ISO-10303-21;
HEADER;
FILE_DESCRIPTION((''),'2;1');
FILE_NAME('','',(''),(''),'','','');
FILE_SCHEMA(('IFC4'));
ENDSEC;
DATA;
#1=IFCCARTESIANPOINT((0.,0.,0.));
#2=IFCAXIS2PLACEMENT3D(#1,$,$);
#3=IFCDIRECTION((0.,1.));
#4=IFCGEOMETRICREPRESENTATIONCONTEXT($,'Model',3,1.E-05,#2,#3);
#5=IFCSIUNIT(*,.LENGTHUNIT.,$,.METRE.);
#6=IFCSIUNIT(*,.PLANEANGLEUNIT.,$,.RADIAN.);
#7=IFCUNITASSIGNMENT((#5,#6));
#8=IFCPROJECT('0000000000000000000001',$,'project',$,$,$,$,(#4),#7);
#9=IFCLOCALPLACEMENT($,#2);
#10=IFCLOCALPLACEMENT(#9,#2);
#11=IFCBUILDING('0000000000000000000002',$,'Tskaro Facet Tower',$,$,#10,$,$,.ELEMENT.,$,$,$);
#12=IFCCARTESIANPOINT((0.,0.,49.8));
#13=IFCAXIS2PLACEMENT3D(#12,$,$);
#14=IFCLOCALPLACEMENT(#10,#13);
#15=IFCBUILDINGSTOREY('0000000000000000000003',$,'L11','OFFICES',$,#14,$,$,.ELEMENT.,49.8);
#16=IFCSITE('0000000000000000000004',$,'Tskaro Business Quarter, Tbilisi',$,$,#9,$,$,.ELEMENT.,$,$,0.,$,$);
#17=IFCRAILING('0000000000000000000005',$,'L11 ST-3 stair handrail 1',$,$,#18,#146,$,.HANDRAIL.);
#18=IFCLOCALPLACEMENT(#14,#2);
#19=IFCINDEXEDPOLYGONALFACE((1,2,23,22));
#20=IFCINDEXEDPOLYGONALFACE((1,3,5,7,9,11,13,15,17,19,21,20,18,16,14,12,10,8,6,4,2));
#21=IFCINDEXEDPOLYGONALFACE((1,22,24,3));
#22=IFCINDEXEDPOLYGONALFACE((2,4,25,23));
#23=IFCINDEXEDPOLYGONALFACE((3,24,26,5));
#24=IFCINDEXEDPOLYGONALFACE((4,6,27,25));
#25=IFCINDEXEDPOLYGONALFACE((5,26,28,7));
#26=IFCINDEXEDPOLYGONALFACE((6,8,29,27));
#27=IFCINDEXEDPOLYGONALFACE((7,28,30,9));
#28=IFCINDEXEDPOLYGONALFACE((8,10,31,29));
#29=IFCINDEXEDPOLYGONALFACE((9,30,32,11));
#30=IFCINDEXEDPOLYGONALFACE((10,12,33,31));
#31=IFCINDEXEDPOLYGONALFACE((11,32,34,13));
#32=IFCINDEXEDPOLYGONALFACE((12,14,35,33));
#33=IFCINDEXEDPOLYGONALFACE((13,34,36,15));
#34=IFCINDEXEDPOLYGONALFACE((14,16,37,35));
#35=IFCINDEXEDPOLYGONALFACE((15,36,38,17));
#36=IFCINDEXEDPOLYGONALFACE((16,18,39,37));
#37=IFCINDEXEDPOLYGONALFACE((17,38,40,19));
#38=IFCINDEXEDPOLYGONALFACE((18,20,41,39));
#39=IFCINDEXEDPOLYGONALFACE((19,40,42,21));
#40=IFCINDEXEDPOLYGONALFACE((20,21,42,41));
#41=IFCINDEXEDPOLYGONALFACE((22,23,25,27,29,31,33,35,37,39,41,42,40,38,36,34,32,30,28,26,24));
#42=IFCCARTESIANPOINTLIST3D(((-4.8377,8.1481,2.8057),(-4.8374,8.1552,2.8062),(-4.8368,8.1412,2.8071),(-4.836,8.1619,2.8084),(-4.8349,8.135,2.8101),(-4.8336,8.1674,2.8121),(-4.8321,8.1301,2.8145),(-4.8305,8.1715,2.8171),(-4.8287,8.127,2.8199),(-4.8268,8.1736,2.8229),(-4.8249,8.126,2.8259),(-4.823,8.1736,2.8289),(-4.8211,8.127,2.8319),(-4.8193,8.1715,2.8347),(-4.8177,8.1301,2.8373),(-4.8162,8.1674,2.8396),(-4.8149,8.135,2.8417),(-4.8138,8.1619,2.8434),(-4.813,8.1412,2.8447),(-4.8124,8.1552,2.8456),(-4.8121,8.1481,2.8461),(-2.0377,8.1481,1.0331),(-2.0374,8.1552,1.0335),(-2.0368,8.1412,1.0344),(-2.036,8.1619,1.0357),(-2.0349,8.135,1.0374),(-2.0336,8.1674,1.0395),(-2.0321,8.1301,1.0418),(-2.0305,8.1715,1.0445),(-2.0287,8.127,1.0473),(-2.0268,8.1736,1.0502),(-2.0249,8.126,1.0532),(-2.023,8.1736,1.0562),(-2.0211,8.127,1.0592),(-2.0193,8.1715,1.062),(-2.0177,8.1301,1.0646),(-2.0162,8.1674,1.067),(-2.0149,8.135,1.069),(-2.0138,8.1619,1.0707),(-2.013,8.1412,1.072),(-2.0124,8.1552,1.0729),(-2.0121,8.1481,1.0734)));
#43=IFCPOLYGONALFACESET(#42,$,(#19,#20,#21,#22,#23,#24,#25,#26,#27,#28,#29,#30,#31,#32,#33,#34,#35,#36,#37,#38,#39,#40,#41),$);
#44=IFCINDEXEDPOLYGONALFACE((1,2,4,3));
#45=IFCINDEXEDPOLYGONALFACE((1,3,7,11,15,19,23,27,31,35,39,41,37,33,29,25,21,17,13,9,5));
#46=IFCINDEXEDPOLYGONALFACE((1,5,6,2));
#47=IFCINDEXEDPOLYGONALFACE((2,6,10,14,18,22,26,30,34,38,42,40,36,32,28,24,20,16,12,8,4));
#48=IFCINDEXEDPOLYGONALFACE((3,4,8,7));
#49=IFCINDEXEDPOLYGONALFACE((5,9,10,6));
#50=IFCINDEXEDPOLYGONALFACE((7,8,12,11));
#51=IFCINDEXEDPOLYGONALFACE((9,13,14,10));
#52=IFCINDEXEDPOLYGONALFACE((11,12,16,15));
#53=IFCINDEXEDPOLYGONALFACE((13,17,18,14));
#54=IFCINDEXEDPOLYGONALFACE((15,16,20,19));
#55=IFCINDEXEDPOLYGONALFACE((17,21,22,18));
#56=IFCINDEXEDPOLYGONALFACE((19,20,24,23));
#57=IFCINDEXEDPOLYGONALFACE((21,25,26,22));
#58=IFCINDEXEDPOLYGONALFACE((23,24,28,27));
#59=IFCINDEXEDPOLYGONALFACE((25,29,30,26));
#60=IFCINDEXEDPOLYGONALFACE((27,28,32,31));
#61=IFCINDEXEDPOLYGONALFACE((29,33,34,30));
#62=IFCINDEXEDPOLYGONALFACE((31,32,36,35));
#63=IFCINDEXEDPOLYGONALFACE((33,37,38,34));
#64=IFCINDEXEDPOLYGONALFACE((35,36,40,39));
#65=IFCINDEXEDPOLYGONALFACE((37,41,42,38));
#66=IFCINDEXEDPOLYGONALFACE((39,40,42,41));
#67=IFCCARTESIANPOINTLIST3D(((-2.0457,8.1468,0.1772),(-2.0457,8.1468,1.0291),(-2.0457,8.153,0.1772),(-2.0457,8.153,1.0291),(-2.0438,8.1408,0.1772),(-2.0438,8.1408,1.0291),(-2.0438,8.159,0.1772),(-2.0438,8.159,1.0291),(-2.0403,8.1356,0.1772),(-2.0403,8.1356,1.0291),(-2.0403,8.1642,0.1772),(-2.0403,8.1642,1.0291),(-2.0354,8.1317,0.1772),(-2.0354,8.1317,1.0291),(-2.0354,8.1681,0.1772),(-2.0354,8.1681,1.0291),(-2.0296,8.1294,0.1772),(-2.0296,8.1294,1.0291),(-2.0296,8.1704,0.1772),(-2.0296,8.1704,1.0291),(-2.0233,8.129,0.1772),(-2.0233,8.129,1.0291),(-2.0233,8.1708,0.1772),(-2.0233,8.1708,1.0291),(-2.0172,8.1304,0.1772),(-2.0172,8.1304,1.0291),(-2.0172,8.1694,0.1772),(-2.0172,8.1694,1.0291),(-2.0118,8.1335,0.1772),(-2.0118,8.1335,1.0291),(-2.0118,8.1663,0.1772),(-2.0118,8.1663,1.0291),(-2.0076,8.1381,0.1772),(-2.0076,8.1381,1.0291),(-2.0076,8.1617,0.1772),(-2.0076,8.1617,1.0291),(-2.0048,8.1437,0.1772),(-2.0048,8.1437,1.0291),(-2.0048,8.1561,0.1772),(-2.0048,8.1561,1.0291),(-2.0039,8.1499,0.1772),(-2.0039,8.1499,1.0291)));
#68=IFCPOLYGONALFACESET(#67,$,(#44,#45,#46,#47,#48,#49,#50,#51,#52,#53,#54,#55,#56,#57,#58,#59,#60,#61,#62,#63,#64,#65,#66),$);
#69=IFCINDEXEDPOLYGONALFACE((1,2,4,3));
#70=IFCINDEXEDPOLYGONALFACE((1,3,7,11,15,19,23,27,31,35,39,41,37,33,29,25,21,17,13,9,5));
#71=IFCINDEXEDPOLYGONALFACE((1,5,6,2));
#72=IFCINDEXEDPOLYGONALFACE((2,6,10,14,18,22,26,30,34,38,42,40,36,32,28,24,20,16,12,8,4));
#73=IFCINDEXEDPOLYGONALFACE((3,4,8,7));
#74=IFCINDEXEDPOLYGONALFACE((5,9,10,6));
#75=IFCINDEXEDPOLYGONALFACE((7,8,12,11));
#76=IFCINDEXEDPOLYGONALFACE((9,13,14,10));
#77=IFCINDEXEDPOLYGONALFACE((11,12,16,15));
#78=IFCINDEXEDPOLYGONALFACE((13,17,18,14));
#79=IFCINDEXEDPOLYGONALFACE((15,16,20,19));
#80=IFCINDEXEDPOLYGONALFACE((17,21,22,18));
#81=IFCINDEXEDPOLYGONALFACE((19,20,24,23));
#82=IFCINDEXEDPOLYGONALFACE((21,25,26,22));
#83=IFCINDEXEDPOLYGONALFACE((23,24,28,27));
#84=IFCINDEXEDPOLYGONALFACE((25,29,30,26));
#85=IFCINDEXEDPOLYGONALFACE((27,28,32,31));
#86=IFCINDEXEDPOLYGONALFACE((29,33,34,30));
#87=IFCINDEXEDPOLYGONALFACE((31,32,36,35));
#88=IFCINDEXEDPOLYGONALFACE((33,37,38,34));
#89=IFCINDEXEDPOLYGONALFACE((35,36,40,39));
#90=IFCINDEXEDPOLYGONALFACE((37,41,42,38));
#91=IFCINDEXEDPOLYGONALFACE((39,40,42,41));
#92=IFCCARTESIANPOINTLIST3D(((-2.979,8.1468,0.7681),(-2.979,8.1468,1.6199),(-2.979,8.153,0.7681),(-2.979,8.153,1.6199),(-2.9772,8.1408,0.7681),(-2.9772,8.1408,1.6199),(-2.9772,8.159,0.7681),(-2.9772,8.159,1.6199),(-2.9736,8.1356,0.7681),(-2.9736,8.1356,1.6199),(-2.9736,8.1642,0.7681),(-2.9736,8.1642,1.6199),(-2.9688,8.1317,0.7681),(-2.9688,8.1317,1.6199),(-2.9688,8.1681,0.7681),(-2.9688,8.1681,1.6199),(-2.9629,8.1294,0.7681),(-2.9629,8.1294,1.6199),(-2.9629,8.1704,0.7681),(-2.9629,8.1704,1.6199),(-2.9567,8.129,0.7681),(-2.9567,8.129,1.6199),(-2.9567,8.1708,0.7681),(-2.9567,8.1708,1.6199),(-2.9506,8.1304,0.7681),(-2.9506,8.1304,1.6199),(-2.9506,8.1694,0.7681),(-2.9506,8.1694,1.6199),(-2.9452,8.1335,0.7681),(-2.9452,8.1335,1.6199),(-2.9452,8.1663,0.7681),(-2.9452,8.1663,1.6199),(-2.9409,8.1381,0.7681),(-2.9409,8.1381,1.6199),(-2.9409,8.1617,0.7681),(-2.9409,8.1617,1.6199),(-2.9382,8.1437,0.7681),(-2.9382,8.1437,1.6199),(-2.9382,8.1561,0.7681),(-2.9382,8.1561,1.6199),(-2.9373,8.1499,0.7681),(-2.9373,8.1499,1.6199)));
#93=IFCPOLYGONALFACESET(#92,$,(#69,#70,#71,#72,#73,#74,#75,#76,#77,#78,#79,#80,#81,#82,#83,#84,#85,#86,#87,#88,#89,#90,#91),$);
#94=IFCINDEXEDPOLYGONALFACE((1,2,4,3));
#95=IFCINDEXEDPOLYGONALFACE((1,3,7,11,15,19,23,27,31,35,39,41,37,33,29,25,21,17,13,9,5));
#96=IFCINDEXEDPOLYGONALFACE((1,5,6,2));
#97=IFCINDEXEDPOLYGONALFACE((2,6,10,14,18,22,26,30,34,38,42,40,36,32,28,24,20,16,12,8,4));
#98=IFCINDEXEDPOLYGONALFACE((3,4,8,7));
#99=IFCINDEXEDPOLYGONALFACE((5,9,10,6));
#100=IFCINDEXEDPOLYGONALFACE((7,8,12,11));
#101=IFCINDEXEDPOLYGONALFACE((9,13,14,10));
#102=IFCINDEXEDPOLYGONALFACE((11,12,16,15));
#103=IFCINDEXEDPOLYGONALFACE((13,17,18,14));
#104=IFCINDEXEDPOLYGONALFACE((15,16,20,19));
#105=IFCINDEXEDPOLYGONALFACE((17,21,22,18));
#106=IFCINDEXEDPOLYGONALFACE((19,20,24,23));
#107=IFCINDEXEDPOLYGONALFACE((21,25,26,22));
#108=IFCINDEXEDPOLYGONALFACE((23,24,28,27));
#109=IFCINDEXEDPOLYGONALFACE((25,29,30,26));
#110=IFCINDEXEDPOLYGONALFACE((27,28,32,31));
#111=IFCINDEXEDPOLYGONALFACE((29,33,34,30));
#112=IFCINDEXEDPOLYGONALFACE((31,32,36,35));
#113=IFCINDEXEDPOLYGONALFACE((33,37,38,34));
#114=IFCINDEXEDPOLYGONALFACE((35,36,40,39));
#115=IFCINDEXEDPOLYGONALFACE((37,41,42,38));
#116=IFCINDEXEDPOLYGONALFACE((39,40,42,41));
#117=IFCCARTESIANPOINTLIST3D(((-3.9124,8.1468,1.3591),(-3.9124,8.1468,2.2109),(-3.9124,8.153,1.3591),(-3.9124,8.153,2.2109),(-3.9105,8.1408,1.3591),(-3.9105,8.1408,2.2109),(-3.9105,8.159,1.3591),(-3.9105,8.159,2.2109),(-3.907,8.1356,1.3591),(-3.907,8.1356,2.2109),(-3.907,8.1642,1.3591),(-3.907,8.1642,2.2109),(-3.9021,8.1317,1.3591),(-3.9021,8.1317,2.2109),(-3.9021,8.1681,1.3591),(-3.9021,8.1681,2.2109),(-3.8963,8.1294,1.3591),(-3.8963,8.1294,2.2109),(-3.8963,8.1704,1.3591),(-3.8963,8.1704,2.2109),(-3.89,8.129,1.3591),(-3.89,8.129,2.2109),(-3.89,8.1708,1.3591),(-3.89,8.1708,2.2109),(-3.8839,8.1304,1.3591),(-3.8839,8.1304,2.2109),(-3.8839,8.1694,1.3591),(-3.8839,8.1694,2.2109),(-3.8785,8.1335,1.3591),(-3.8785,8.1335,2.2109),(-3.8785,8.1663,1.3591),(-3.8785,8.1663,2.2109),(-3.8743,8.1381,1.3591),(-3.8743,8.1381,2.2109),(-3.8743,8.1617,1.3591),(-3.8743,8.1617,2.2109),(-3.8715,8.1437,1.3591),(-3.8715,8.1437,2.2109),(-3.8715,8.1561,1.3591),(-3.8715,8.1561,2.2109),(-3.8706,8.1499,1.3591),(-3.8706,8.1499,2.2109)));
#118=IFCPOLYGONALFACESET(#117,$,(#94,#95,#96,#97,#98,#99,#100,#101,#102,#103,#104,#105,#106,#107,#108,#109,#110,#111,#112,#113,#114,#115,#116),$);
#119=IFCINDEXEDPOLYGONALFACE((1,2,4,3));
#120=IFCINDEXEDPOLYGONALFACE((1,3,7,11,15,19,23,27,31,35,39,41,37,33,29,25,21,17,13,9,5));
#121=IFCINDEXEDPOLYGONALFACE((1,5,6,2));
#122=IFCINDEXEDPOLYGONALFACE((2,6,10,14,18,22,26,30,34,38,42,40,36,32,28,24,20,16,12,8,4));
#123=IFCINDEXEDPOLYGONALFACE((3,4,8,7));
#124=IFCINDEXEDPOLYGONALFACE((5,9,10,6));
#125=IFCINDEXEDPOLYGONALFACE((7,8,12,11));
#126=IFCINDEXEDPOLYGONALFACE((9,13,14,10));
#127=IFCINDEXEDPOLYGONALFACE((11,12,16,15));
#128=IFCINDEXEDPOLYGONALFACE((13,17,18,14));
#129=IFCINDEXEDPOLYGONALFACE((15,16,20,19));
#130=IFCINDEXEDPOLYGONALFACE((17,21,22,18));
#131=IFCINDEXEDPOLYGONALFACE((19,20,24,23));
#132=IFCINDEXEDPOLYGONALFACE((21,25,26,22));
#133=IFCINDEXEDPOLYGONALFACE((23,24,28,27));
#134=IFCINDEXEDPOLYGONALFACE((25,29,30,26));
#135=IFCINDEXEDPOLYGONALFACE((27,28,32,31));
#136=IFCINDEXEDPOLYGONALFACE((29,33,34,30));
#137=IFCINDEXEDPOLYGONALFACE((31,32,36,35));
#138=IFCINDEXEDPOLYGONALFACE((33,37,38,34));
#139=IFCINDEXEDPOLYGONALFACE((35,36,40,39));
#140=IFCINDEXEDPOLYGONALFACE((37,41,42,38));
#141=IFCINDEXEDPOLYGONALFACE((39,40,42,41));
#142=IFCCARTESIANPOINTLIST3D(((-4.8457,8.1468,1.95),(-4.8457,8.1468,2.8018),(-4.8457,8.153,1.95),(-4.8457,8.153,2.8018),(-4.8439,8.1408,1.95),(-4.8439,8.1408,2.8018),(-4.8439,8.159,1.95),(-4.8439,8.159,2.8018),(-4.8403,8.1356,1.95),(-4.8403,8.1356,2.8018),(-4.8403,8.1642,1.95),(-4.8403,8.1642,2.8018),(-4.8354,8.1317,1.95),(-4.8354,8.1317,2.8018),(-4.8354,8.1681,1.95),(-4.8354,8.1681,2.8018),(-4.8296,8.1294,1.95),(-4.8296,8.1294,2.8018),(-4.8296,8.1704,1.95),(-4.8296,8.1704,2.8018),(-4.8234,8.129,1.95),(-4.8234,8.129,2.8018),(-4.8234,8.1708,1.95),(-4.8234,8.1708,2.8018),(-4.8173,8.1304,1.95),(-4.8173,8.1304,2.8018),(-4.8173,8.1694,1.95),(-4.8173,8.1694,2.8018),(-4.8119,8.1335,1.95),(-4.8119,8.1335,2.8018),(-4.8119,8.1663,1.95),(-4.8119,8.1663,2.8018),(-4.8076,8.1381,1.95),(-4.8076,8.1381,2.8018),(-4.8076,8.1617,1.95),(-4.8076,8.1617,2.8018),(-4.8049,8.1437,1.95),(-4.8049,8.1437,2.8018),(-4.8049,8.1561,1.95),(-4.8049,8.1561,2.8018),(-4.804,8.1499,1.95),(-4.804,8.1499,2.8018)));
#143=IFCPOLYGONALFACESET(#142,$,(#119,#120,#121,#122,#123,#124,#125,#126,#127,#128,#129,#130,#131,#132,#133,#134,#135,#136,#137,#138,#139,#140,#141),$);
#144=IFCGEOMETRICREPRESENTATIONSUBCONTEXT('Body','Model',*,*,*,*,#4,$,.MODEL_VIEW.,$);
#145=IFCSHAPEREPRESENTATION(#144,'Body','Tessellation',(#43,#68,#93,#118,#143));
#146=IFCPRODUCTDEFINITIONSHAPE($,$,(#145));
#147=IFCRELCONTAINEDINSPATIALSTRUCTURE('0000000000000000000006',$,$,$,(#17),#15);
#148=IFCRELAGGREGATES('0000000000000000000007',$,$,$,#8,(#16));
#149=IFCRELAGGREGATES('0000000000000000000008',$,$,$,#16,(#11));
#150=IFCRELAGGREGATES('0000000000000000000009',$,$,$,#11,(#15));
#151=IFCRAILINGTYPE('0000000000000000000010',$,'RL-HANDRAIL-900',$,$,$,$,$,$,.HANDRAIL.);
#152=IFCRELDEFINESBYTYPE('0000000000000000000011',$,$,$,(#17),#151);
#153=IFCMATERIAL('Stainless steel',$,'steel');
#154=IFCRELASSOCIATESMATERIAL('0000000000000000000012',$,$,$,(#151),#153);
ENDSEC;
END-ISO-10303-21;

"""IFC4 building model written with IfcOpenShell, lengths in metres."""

from ifc_helpers import new_model, si_unit, direction, frame, origin, origin_2d, place, context, subcontext, project, spatial, circle, extrude, material, type_object, element, save


model = new_model("IFC4")

# Units and contexts
model_context = context("Model", 3, precision=1e-05, world=origin(), true_north=direction((0.0, 1.0)))
body_context = subcontext(model_context, "Body", "Model", "MODEL_VIEW")
ifc_project = project(units=[si_unit("LENGTHUNIT", "METRE"), si_unit("PLANEANGLEUNIT", "RADIAN")], contexts=[model_context])

# Site, building, storey
site_placement = place(None, origin())
site = spatial("IfcSite", under=ifc_project, at=site_placement, Name="Tskaro Business Quarter, Tbilisi", CompositionType="ELEMENT", RefElevation=0.0)
building_placement = place(site_placement, origin())
building = spatial("IfcBuilding", under=site, at=building_placement, Name="Tskaro Facet Tower", CompositionType="ELEMENT")
storey_placement = place(building_placement, frame((0.0, 0.0, 49.8)))
storey = spatial("IfcBuildingStorey", under=building, at=storey_placement, Name="L11", Description="OFFICES", CompositionType="ELEMENT", Elevation=49.8)

# Railing
ifc_material_1 = material(Name="Stainless steel", Category="steel")
railing_type_1 = type_object("IfcRailingType", Name="RL-HANDRAIL-900", PredefinedType="HANDRAIL", material=ifc_material_1)
railing_1_placement = place(storey_placement, frame((-2.0249, 8.1499, 0.1772)))
element("IfcRailing", 1, at=railing_1_placement, inside=storey, type_object=railing_type_1, Name="L11 ST-3 stair handrail 1", PredefinedType="HANDRAIL", context=body_context, shape_type="SweptSolid", body=[
    extrude(circle(Radius=0.0239, at=origin_2d()), frame((0.0, 0.0, 0.876), z_axis=(-0.844909, 0.0, 0.53491), x_axis=(0.0, -1.0, 0.0)), (0.0, 0.0, 1.0), 3.314),
    extrude(circle(Radius=0.021, at=origin_2d()), origin(), (0.0, 0.0, 1.0), 0.8518),
    extrude(circle(Radius=0.021, at=origin_2d()), frame((-0.9333, 0.0, 0.5908)), (0.0, 0.0, 1.0), 0.8518),
    extrude(circle(Radius=0.021, at=origin_2d()), frame((-1.8667, 0.0, 1.1819)), (0.0, 0.0, 1.0), 0.8518),
    extrude(circle(Radius=0.021, at=origin_2d()), frame((-2.8, 0.0, 1.7727)), (0.0, 0.0, 1.0), 0.8518),
])

save(model, "model.ifc")
